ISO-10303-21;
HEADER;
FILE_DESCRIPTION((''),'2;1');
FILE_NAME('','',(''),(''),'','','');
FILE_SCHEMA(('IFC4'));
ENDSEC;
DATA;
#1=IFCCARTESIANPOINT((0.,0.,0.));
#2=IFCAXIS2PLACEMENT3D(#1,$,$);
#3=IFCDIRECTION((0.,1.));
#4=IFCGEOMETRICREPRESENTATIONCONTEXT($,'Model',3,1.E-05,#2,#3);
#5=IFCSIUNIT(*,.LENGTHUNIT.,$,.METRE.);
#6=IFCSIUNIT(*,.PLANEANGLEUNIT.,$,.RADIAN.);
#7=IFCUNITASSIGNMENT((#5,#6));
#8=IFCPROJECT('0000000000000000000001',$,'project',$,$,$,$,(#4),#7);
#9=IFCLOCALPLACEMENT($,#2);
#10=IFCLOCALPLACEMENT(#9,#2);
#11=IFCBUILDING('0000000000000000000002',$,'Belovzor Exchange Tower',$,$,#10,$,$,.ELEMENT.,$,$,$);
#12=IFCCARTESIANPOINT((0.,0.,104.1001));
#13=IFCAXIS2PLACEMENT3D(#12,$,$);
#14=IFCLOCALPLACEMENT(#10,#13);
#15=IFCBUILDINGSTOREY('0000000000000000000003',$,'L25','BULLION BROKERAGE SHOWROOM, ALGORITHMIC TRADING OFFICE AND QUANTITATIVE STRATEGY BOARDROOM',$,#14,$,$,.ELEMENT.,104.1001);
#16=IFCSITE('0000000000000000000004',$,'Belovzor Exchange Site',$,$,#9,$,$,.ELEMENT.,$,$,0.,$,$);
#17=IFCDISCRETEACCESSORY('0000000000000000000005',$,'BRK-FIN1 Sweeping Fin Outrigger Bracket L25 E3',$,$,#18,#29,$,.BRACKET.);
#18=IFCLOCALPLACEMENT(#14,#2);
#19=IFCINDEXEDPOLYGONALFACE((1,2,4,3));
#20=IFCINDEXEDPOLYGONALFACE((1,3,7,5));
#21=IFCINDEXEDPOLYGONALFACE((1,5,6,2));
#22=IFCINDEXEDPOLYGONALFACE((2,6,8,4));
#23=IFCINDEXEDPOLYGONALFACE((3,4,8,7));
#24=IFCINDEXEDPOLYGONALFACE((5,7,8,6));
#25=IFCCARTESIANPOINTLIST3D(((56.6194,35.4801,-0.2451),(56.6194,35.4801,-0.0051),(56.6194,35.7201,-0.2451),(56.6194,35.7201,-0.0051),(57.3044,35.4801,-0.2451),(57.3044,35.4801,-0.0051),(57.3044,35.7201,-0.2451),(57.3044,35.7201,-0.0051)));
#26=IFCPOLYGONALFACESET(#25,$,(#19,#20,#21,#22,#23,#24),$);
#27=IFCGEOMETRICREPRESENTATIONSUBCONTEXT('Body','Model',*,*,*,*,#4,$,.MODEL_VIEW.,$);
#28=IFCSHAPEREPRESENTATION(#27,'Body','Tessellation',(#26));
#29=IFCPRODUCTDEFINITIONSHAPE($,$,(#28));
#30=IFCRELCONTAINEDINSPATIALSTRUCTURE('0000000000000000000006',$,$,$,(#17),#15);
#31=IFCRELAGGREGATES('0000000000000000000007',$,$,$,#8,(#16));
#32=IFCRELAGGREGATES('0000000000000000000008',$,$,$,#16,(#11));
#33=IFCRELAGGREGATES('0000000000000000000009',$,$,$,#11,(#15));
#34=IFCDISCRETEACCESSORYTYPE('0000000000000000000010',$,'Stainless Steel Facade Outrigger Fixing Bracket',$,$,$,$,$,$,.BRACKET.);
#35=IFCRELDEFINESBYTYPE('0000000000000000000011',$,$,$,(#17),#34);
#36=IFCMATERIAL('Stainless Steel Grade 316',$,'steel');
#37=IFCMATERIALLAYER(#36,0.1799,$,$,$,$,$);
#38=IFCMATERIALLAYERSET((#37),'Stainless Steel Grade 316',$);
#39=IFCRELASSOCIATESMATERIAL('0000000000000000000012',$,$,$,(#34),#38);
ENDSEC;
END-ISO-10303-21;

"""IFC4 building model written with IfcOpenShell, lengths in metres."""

from ifc_helpers import new_model, si_unit, direction, frame, origin, origin_2d, place, context, subcontext, project, spatial, rectangle, extrude, material, layer, layer_set, type_object, element, save


model = new_model("IFC4")

# Units and contexts
model_context = context("Model", 3, precision=1e-05, world=origin(), true_north=direction((0.0, 1.0)))
body_context = subcontext(model_context, "Body", "Model", "MODEL_VIEW")
ifc_project = project(units=[si_unit("LENGTHUNIT", "METRE"), si_unit("PLANEANGLEUNIT", "RADIAN")], contexts=[model_context])

# Site, building, storey
site_placement = place(None, origin())
site = spatial("IfcSite", under=ifc_project, at=site_placement, Name="Belovzor Exchange Site", CompositionType="ELEMENT", RefElevation=0.0)
building_placement = place(site_placement, origin())
building = spatial("IfcBuilding", under=site, at=building_placement, Name="Belovzor Exchange Tower", CompositionType="ELEMENT")
storey_placement = place(building_placement, frame((0.0, 0.0, 104.1001)))
storey = spatial("IfcBuildingStorey", under=building, at=storey_placement, Name="L25", Description="BULLION BROKERAGE SHOWROOM, ALGORITHMIC TRADING OFFICE AND QUANTITATIVE STRATEGY BOARDROOM", CompositionType="ELEMENT", Elevation=104.1001)

# Discrete accessory
ifc_material_1 = material(Name="Stainless Steel Grade 316", Category="steel")
ifc_layer_1 = layer(ifc_material_1, 0.1799)
ifc_layer_set_1 = layer_set([ifc_layer_1], Name="Stainless Steel Grade 316")
discrete_accessory_type = type_object("IfcDiscreteAccessoryType", Name="Stainless Steel Facade Outrigger Fixing Bracket", PredefinedType="BRACKET", material=ifc_layer_set_1)
discrete_accessory_placement = place(storey_placement, frame((56.9619, 35.6001, -0.2451), z_axis=(0.0, 0.0, 1.0), x_axis=(1.0, 0.0, 0.0)))
element("IfcDiscreteAccessory", 1, at=discrete_accessory_placement, inside=storey, type_object=discrete_accessory_type, Name="BRK-FIN1 Sweeping Fin Outrigger Bracket L25 E3", PredefinedType="BRACKET", context=body_context, shape_type="SweptSolid", body=[
    extrude(rectangle(XDim=0.6851, YDim=0.24, at=origin_2d()), origin(), (0.0, 0.0, 1.0), 0.24),
])

save(model, "model.ifc")
